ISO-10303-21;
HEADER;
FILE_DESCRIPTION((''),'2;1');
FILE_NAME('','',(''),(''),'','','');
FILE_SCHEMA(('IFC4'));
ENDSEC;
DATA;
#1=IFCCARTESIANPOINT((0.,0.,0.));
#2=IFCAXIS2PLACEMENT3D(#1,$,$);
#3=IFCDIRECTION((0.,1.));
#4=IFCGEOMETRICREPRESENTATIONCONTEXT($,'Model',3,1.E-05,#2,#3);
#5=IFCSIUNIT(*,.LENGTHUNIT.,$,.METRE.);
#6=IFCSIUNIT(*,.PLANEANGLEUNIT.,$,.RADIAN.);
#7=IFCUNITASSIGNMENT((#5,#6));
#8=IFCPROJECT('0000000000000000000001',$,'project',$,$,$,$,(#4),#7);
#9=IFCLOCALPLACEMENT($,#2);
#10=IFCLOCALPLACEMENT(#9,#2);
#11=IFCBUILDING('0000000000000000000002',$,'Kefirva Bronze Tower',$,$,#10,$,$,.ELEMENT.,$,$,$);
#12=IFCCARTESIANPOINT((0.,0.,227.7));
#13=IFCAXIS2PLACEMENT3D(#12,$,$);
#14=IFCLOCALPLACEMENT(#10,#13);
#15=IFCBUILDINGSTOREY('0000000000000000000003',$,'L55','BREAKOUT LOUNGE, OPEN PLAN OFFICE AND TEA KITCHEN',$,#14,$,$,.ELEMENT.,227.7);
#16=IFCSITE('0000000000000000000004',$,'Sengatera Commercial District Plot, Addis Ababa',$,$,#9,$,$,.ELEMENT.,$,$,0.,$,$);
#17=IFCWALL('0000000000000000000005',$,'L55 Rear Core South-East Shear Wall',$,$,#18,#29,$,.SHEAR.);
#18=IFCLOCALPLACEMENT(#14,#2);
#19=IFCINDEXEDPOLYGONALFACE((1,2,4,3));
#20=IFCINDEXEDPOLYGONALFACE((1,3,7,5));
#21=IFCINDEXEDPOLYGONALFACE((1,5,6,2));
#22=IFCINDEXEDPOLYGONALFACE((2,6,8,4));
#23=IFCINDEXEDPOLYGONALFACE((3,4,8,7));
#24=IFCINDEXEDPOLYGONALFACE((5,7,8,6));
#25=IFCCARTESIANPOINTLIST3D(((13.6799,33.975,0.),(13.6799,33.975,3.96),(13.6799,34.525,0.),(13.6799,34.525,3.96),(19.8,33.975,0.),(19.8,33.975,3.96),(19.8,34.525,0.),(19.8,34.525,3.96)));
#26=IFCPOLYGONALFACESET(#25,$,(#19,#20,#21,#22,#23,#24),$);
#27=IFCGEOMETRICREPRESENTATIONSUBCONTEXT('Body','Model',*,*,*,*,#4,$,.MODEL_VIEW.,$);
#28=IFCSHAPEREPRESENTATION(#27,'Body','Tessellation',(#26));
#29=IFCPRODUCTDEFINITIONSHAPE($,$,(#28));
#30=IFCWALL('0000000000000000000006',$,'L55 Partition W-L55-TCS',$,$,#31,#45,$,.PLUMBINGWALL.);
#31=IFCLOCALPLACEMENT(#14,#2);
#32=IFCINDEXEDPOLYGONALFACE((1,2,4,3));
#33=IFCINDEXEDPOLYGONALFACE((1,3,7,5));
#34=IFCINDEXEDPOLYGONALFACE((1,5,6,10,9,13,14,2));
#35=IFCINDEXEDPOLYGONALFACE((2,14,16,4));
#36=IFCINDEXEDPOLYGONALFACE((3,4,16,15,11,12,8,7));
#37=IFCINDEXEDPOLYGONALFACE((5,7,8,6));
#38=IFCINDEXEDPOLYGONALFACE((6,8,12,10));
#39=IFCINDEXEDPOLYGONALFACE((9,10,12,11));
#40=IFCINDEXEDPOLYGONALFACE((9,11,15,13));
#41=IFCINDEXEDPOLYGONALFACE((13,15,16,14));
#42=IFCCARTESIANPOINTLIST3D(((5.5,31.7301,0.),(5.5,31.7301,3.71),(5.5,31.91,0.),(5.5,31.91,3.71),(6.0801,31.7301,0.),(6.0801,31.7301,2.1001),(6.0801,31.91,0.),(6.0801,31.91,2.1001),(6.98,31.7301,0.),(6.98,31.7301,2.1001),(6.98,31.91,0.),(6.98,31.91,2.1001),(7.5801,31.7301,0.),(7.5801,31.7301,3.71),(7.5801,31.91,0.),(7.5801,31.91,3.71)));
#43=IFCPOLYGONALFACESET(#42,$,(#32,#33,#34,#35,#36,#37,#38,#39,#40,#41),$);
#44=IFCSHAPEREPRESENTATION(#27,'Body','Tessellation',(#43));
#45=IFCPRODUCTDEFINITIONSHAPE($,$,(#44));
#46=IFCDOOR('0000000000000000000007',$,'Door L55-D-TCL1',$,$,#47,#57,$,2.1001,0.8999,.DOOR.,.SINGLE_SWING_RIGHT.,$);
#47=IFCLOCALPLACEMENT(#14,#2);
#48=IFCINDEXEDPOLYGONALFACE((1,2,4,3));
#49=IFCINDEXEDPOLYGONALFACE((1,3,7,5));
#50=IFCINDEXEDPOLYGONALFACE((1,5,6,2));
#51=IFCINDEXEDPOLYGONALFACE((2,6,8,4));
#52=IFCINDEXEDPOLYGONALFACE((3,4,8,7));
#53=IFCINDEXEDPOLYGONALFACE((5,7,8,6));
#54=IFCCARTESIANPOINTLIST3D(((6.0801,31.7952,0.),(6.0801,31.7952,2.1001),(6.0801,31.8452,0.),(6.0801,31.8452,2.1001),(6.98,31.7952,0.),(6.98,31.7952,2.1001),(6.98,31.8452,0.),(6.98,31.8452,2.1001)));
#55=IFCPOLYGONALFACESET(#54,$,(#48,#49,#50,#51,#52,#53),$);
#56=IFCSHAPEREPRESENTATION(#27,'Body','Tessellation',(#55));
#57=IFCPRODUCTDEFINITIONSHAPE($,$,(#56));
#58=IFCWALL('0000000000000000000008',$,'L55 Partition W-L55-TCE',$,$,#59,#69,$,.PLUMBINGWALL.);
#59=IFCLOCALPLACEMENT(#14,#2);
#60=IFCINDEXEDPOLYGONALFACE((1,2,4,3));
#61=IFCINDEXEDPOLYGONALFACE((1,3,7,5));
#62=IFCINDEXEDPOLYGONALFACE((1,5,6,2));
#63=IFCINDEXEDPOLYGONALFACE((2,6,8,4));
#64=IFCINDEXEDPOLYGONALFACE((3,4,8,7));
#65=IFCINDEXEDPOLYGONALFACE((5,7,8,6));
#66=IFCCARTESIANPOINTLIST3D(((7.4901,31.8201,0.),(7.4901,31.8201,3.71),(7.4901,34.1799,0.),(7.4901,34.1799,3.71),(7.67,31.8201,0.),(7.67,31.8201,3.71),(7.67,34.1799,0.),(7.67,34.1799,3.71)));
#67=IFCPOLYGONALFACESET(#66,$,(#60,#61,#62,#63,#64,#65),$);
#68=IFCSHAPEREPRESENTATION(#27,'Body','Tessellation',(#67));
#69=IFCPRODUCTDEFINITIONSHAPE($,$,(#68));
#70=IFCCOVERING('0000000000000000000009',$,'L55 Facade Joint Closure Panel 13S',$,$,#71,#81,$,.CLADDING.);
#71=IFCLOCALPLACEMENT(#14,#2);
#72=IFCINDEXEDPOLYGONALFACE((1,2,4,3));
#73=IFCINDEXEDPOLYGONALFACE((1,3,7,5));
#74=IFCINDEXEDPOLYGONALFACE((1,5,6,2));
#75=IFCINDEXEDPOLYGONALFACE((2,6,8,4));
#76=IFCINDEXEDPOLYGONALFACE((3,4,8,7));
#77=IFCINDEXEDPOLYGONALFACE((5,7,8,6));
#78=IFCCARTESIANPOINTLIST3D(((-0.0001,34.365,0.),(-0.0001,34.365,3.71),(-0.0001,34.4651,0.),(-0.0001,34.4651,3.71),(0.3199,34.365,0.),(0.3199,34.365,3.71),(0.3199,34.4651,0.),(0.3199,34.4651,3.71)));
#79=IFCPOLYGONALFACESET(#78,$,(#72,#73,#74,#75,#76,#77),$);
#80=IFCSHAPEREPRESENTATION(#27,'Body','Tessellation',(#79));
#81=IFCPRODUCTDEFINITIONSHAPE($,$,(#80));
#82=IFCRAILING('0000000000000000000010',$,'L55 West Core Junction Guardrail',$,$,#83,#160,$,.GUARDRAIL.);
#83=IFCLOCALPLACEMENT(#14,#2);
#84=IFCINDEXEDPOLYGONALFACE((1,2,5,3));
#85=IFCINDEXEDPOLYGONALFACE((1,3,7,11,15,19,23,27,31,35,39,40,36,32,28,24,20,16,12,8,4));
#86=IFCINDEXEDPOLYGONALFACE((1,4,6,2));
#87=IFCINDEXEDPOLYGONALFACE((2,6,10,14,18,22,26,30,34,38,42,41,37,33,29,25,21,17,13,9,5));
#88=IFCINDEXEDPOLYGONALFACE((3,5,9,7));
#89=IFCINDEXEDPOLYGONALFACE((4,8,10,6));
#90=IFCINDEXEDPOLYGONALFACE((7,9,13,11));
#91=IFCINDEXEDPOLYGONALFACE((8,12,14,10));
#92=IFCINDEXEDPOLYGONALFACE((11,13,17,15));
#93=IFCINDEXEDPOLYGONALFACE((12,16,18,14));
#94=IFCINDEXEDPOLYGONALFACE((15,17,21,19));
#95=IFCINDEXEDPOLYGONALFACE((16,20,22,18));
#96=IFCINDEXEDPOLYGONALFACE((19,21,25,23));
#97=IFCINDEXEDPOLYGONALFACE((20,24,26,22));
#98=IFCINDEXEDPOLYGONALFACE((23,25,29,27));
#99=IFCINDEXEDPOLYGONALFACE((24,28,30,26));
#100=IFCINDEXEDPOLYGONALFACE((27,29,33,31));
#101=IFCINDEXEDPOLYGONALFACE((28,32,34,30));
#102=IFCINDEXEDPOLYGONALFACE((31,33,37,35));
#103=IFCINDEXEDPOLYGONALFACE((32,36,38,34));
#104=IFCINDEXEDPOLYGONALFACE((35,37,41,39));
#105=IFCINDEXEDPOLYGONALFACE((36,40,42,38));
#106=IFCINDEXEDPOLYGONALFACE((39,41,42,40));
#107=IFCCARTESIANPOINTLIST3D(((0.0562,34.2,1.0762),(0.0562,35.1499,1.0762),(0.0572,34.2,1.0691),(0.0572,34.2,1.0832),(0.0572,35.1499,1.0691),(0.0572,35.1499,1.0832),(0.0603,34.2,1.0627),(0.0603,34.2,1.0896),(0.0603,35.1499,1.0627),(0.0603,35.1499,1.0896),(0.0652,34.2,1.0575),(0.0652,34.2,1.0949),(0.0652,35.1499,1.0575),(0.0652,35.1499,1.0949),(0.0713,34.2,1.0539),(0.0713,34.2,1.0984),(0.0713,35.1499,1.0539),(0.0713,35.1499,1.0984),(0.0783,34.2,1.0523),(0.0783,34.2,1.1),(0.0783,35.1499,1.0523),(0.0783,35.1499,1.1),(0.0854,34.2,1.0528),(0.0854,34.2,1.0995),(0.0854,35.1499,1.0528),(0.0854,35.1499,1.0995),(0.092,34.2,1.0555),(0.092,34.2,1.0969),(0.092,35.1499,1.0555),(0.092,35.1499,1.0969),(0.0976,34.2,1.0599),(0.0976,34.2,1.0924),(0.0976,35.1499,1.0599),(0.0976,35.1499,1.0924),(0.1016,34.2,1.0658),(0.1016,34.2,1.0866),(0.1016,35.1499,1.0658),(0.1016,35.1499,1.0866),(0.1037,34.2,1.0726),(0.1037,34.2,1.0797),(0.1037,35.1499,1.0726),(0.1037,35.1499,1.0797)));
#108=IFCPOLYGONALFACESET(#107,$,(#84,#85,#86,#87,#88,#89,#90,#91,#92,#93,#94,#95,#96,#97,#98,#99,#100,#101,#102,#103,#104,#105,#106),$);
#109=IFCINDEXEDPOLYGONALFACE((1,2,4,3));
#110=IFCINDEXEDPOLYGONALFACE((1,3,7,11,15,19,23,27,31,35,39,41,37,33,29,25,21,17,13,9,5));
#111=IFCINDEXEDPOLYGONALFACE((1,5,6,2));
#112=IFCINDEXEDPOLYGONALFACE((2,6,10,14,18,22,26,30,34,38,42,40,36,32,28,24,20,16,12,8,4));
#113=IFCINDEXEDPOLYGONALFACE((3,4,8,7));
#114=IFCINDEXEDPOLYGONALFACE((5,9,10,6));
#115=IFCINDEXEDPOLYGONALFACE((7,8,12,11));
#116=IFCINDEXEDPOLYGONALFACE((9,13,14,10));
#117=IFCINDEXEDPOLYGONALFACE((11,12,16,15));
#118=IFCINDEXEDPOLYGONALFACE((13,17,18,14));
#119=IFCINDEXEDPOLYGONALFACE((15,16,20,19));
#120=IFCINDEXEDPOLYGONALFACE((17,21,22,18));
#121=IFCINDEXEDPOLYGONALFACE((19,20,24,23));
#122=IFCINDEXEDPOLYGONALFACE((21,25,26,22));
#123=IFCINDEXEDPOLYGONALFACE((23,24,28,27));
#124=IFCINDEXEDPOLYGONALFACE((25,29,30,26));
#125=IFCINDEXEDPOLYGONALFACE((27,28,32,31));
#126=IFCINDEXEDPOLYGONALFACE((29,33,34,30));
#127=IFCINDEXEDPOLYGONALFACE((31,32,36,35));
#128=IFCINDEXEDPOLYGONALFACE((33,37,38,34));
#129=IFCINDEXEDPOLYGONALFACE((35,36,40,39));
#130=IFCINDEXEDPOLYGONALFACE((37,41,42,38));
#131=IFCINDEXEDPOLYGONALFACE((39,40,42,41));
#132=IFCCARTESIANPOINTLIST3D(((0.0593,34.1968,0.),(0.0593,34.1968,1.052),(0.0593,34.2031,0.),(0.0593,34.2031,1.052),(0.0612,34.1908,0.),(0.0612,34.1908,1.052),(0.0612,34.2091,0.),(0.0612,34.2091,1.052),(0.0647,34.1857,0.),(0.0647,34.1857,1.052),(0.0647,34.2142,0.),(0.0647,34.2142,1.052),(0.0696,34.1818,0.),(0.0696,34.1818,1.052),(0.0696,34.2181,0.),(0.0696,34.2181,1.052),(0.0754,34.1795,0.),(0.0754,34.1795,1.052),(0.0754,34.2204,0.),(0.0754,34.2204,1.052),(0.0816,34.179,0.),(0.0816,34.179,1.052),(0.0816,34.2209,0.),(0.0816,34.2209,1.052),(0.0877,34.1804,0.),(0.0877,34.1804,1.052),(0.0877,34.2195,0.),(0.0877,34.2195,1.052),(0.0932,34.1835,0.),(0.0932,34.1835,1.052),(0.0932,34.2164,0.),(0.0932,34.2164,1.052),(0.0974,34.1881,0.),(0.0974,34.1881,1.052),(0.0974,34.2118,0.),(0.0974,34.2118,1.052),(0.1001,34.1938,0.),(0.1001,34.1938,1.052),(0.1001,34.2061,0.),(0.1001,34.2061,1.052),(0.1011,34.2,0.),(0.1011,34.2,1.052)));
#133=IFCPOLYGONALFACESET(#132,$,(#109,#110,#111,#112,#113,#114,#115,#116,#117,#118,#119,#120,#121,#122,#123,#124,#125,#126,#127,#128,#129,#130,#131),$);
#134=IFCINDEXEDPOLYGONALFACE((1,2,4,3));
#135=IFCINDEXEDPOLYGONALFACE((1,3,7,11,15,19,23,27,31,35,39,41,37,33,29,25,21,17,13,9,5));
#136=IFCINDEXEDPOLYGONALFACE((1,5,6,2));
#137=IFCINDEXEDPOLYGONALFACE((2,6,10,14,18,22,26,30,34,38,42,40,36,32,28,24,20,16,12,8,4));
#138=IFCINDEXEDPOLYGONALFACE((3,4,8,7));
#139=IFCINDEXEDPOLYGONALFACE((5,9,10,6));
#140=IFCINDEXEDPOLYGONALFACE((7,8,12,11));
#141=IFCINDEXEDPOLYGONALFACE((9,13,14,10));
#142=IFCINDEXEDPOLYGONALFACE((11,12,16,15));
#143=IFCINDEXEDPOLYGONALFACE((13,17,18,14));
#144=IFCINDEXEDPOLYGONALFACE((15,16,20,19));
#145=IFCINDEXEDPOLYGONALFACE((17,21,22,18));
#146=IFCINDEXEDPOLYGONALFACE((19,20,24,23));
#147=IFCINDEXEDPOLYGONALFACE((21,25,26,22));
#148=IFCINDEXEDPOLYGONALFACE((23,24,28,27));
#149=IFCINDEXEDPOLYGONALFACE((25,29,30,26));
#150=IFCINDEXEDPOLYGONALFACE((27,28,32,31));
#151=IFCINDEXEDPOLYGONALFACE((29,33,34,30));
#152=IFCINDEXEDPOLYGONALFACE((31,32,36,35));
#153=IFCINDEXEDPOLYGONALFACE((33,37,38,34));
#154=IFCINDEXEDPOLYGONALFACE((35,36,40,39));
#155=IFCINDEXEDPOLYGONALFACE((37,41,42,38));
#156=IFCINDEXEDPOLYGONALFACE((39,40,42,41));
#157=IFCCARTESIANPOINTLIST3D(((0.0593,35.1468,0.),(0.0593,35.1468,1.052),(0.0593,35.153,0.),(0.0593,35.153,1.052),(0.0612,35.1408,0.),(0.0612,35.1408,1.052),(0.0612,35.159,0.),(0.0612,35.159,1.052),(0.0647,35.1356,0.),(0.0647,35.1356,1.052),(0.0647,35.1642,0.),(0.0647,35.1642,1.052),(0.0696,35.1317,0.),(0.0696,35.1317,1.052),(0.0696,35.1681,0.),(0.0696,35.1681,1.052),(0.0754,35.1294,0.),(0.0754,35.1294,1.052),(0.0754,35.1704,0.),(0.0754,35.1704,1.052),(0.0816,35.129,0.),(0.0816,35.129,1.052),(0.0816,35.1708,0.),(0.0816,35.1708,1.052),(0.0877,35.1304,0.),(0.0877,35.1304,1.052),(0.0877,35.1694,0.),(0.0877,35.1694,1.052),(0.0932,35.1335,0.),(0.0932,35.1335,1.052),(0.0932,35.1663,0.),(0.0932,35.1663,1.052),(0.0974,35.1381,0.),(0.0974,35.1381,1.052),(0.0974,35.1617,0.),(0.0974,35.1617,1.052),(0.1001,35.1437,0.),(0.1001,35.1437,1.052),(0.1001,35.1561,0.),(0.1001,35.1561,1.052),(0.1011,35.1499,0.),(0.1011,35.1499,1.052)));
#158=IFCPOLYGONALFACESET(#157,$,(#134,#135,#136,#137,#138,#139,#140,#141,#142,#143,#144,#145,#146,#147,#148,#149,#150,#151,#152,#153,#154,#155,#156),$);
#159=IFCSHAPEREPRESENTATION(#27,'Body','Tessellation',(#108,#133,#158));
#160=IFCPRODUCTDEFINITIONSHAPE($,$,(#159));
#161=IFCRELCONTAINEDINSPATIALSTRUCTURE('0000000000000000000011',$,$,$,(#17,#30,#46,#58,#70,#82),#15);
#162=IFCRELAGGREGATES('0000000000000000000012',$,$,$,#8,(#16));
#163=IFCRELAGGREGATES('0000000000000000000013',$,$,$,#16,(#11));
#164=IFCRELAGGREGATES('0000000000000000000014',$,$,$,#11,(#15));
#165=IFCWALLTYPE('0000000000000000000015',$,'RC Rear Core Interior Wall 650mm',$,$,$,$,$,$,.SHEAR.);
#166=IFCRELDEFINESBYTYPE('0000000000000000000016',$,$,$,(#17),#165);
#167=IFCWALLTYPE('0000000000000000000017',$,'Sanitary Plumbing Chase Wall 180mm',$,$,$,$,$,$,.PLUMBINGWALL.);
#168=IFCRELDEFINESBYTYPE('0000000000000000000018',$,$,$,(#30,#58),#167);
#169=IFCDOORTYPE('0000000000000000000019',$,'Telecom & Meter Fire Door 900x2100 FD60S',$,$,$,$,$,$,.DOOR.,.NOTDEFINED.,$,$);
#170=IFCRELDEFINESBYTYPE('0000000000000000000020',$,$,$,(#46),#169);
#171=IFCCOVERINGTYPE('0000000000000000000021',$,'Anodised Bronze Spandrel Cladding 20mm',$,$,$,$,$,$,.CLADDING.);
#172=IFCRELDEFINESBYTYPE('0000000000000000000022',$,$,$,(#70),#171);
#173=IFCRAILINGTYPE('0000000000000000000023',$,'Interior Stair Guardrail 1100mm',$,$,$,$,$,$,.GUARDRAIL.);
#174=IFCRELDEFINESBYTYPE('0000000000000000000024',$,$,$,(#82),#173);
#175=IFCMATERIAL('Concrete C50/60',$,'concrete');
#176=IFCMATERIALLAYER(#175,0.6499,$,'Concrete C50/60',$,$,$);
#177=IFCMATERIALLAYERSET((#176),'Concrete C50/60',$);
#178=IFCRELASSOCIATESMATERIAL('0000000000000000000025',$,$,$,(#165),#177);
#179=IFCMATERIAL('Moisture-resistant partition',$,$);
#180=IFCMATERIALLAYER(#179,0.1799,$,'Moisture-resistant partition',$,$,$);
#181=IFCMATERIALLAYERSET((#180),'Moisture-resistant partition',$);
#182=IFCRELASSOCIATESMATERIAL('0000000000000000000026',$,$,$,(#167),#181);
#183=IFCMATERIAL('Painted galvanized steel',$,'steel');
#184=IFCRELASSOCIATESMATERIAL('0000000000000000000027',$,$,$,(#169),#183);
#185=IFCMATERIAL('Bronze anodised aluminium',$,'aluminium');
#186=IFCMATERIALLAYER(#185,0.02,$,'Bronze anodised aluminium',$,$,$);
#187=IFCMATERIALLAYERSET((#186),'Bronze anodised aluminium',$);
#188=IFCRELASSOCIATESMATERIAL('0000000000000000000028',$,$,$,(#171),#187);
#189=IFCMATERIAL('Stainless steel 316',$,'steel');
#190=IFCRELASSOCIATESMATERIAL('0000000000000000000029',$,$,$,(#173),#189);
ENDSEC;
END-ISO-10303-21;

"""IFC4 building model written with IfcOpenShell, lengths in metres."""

from ifc_helpers import new_model, si_unit, direction, frame, frame_2d, origin, origin_2d, place, context, subcontext, project, spatial, rectangle, circle, extrude, material, layer, layer_set, type_object, element, fill, save


model = new_model("IFC4")

# Units and contexts
model_context = context("Model", 3, precision=1e-05, world=origin(), true_north=direction((0.0, 1.0)))
body_context = subcontext(model_context, "Body", "Model", "MODEL_VIEW")
ifc_project = project(units=[si_unit("LENGTHUNIT", "METRE"), si_unit("PLANEANGLEUNIT", "RADIAN")], contexts=[model_context])

# Site, building, storey
site_placement = place(None, origin())
site = spatial("IfcSite", under=ifc_project, at=site_placement, Name="Sengatera Commercial District Plot, Addis Ababa", CompositionType="ELEMENT", RefElevation=0.0)
building_placement = place(site_placement, origin())
building = spatial("IfcBuilding", under=site, at=building_placement, Name="Kefirva Bronze Tower", CompositionType="ELEMENT")
storey_placement = place(building_placement, frame((0.0, 0.0, 227.7)))
storey = spatial("IfcBuildingStorey", under=building, at=storey_placement, Name="L55", Description="BREAKOUT LOUNGE, OPEN PLAN OFFICE AND TEA KITCHEN", CompositionType="ELEMENT", Elevation=227.7)

# Shared definitions
ifc_material_1 = material(Name="Concrete C50/60", Category="concrete")

# Shared definitions
ifc_layer_1 = layer(ifc_material_1, 0.6499, Name="Concrete C50/60")
ifc_layer_set_1 = layer_set([ifc_layer_1], Name="Concrete C50/60")
wall_type_1 = type_object("IfcWallType", Name="RC Rear Core Interior Wall 650mm", PredefinedType="SHEAR", material=ifc_layer_set_1)
ifc_material_2 = material(Name="Painted galvanized steel", Category="steel")

# Wall
wall_1_placement = place(storey_placement, frame((13.6799, 34.25, 0.0), z_axis=(0.0, 0.0, 1.0), x_axis=(1.0, 0.0, 0.0)))
element("IfcWall", 1, at=wall_1_placement, inside=storey, type_object=wall_type_1, Name="L55 Rear Core South-East Shear Wall", PredefinedType="SHEAR", context=body_context, shape_type="SweptSolid", body=[
    extrude(rectangle(XDim=6.1201, YDim=0.55, at=frame_2d((3.0601, 0.0))), origin(), (0.0, 0.0, 1.0), 3.96),
])

# Wall, opening, door
ifc_material_3 = material(Name="Moisture-resistant partition")
ifc_layer_2 = layer(ifc_material_3, 0.1799, Name="Moisture-resistant partition")
ifc_layer_set_2 = layer_set([ifc_layer_2], Name="Moisture-resistant partition")
wall_type_2 = type_object("IfcWallType", Name="Sanitary Plumbing Chase Wall 180mm", PredefinedType="PLUMBINGWALL", material=ifc_layer_set_2)
wall_2_placement = place(storey_placement, frame((5.5, 31.8201, 0.0), z_axis=(0.0, 0.0, 1.0), x_axis=(1.0, 0.0, 0.0)))
wall_2 = element("IfcWall", 2, at=wall_2_placement, inside=storey, type_object=wall_type_2, Name="L55 Partition W-L55-TCS", PredefinedType="PLUMBINGWALL", context=body_context, shape_type="SweptSolid", body=[
    extrude(rectangle(XDim=2.0801, YDim=0.1799, at=frame_2d((1.04, 0.0))), origin(), (0.0, 0.0, 1.0), 3.71),
])
opening_1_placement = place(wall_2_placement, frame((1.48, 0.0, 0.0), z_axis=(0.0, 0.0, 1.0), x_axis=(-1.0, 0.0, 0.0)))
opening_1 = element("IfcOpeningElement", 3, at=opening_1_placement, cuts=wall_2, PredefinedType="OPENING", context=body_context, shape_type="SweptSolid", body=[
    extrude(rectangle(XDim=0.8999, YDim=2.1001, at=frame_2d((0.45, 1.05))), frame((0.0, 0.1001, 0.0), z_axis=(0.0, -1.0, 0.0), x_axis=(1.0, 0.0, 0.0)), (0.0, 0.0, 1.0), 0.2),
])
door_type_1 = type_object("IfcDoorType", Name="Telecom & Meter Fire Door 900x2100 FD60S", OperationType="NOTDEFINED", PredefinedType="DOOR", material=ifc_material_2)
door_1_placement = place(opening_1_placement, origin())
door_1 = element("IfcDoor", 4, at=door_1_placement, inside=storey, type_object=door_type_1, Name="Door L55-D-TCL1", OperationType="SINGLE_SWING_RIGHT", OverallHeight=2.1001, OverallWidth=0.8999, PredefinedType="DOOR", context=body_context, shape_type="SweptSolid", body=[
    extrude(rectangle(XDim=0.8999, YDim=2.1001, at=frame_2d((0.45, 1.05))), frame((0.0, 0.0249, 0.0), z_axis=(0.0, -1.0, 0.0), x_axis=(1.0, 0.0, 0.0)), (0.0, 0.0, 1.0), 0.05),
])
fill(opening_1, door_1)

# Wall
wall_3_placement = place(storey_placement, frame((7.5801, 31.8201, 0.0), z_axis=(0.0, 0.0, 1.0), x_axis=(0.0, 1.0, 0.0)))
element("IfcWall", 5, at=wall_3_placement, inside=storey, type_object=wall_type_2, Name="L55 Partition W-L55-TCE", PredefinedType="PLUMBINGWALL", context=body_context, shape_type="SweptSolid", body=[
    extrude(rectangle(XDim=2.3599, YDim=0.1799, at=frame_2d((1.1799, 0.0))), origin(), (0.0, 0.0, 1.0), 3.71),
])

# Covering
ifc_material_4 = material(Name="Bronze anodised aluminium", Category="aluminium")
ifc_layer_3 = layer(ifc_material_4, 0.02, Name="Bronze anodised aluminium")
ifc_layer_set_3 = layer_set([ifc_layer_3], Name="Bronze anodised aluminium")
covering_type = type_object("IfcCoveringType", Name="Anodised Bronze Spandrel Cladding 20mm", PredefinedType="CLADDING", material=ifc_layer_set_3)
covering_placement = place(storey_placement, frame((0.1599, 34.415, 0.0), z_axis=(0.0, 0.0, 1.0), x_axis=(0.0, -1.0, 0.0)))
element("IfcCovering", 6, at=covering_placement, inside=storey, type_object=covering_type, Name="L55 Facade Joint Closure Panel 13S", PredefinedType="CLADDING", context=body_context, shape_type="SweptSolid", body=[
    extrude(rectangle(XDim=0.1001, YDim=0.3201, at=origin_2d()), origin(), (0.0, 0.0, 1.0), 3.71),
])

# Railing
ifc_material_5 = material(Name="Stainless steel 316", Category="steel")
railing_type = type_object("IfcRailingType", Name="Interior Stair Guardrail 1100mm", PredefinedType="GUARDRAIL", material=ifc_material_5)
railing_placement = place(storey_placement, frame((0.0801, 34.2, 0.0)))
element("IfcRailing", 7, at=railing_placement, inside=storey, type_object=railing_type, Name="L55 West Core Junction Guardrail", PredefinedType="GUARDRAIL", context=body_context, shape_type="SweptSolid", body=[
    extrude(circle(Radius=0.0239, at=origin_2d()), frame((0.0, 0.0, 1.0762), z_axis=(0.0, 1.0, 0.0), x_axis=(-1.0, 0.0, 0.0)), (0.0, 0.0, 1.0), 0.95),
    extrude(circle(Radius=0.021, at=origin_2d()), origin(), (0.0, 0.0, 1.0), 1.052),
    extrude(circle(Radius=0.021, at=origin_2d()), frame((0.0, 0.95, 0.0)), (0.0, 0.0, 1.0), 1.052),
])

save(model, "model.ifc")
